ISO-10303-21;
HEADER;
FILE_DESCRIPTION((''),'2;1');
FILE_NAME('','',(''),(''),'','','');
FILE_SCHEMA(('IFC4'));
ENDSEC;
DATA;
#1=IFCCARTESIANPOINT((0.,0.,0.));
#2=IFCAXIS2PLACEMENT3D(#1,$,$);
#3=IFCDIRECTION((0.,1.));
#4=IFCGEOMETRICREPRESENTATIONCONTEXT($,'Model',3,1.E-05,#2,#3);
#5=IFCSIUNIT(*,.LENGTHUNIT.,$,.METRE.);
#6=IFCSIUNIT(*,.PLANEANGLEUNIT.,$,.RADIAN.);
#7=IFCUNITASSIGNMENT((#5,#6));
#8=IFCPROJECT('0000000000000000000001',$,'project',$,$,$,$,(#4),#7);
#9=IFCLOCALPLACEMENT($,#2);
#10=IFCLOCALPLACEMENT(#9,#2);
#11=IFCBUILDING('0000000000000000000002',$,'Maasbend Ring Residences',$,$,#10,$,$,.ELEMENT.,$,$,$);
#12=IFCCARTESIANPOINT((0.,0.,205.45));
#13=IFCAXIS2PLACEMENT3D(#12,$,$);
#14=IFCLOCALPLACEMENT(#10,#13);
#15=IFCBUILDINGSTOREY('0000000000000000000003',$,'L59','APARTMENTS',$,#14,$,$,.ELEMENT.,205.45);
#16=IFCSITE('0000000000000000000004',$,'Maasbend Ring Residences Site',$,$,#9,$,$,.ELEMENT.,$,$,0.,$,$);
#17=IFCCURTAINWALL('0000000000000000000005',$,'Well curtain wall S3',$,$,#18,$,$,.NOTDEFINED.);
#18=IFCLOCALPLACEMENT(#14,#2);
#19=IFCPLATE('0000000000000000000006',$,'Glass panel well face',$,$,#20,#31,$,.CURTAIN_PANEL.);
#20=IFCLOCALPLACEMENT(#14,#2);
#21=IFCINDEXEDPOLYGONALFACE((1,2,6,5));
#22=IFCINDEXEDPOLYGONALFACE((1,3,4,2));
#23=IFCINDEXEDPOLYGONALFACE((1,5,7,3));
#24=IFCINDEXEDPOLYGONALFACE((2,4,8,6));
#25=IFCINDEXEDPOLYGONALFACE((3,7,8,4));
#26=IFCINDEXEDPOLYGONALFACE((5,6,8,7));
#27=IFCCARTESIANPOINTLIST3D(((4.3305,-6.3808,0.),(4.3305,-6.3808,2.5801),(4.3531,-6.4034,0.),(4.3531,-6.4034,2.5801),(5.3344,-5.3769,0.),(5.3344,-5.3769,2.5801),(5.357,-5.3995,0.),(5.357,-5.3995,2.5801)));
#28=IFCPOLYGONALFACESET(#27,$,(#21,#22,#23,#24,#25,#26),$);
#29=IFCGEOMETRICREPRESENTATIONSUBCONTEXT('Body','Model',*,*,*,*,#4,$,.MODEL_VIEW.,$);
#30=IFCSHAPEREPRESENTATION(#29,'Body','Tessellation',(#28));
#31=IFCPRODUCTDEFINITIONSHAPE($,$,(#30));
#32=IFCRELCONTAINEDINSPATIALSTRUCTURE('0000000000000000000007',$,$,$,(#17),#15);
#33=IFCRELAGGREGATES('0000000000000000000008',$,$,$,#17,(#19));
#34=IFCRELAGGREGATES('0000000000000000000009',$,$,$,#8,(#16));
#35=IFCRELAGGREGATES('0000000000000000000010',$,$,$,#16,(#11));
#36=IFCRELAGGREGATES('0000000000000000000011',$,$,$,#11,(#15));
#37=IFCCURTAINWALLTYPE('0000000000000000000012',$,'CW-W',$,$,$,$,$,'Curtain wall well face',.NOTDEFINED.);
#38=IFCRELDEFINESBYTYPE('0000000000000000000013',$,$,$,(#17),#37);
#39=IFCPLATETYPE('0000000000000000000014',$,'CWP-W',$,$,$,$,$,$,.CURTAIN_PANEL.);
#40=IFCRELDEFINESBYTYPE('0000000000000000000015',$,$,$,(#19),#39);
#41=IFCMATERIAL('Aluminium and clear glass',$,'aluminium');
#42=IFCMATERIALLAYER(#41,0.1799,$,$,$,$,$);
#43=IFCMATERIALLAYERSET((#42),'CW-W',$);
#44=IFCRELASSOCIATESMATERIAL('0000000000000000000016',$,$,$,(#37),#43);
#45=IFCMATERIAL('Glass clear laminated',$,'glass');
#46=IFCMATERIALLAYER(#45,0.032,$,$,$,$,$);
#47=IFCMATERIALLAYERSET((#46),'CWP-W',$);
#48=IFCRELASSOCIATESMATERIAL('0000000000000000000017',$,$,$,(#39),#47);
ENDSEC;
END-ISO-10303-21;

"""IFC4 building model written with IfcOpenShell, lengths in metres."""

from ifc_helpers import new_model, si_unit, direction, frame, origin, origin_2d, place, context, subcontext, project, spatial, rectangle, extrude, material, layer, layer_set, type_object, element, aggregate, save


model = new_model("IFC4")

# Units and contexts
model_context = context("Model", 3, precision=1e-05, world=origin(), true_north=direction((0.0, 1.0)))
body_context = subcontext(model_context, "Body", "Model", "MODEL_VIEW")
ifc_project = project(units=[si_unit("LENGTHUNIT", "METRE"), si_unit("PLANEANGLEUNIT", "RADIAN")], contexts=[model_context])

# Site, building, storey
site_placement = place(None, origin())
site = spatial("IfcSite", under=ifc_project, at=site_placement, Name="Maasbend Ring Residences Site", CompositionType="ELEMENT", RefElevation=0.0)
building_placement = place(site_placement, origin())
building = spatial("IfcBuilding", under=site, at=building_placement, Name="Maasbend Ring Residences", CompositionType="ELEMENT")
storey_placement = place(building_placement, frame((0.0, 0.0, 205.45)))
storey = spatial("IfcBuildingStorey", under=building, at=storey_placement, Name="L59", Description="APARTMENTS", CompositionType="ELEMENT", Elevation=205.45)

# Shared definitions
ifc_material_1 = material(Name="Aluminium and clear glass", Category="aluminium")
ifc_layer_1 = layer(ifc_material_1, 0.1799)
ifc_layer_set_1 = layer_set([ifc_layer_1], Name="CW-W")
curtain_wall_type = type_object("IfcCurtainWallType", Name="CW-W", ElementType="Curtain wall well face", PredefinedType="NOTDEFINED", material=ifc_layer_set_1)

# Curtain wall
curtain_wall_1_placement = place(storey_placement, origin())
curtain_wall_1 = element("IfcCurtainWall", 1, at=curtain_wall_1_placement, inside=storey, type_object=curtain_wall_type, Name="Well curtain wall S3", PredefinedType="NOTDEFINED")

# Plate
ifc_material_2 = material(Name="Glass clear laminated", Category="glass")
ifc_layer_2 = layer(ifc_material_2, 0.032)
ifc_layer_set_2 = layer_set([ifc_layer_2], Name="CWP-W")
plate_type = type_object("IfcPlateType", Name="CWP-W", PredefinedType="CURTAIN_PANEL", material=ifc_layer_set_2)
plate_1_placement = place(storey_placement, frame((4.8438, -5.8901, 0.0), z_axis=(0.0, 0.0, 1.0), x_axis=(0.707107, 0.707107, 0.0)))
plate_1 = element("IfcPlate", 2, at=plate_1_placement, type_object=plate_type, Name="Glass panel well face", PredefinedType="CURTAIN_PANEL", context=body_context, shape_type="SweptSolid", body=[
    extrude(rectangle(XDim=1.4197, YDim=0.032, at=origin_2d()), origin(), (0.0, 0.0, 1.0), 2.5801),
])
aggregate(curtain_wall_1, [plate_1])

save(model, "model.ifc")
